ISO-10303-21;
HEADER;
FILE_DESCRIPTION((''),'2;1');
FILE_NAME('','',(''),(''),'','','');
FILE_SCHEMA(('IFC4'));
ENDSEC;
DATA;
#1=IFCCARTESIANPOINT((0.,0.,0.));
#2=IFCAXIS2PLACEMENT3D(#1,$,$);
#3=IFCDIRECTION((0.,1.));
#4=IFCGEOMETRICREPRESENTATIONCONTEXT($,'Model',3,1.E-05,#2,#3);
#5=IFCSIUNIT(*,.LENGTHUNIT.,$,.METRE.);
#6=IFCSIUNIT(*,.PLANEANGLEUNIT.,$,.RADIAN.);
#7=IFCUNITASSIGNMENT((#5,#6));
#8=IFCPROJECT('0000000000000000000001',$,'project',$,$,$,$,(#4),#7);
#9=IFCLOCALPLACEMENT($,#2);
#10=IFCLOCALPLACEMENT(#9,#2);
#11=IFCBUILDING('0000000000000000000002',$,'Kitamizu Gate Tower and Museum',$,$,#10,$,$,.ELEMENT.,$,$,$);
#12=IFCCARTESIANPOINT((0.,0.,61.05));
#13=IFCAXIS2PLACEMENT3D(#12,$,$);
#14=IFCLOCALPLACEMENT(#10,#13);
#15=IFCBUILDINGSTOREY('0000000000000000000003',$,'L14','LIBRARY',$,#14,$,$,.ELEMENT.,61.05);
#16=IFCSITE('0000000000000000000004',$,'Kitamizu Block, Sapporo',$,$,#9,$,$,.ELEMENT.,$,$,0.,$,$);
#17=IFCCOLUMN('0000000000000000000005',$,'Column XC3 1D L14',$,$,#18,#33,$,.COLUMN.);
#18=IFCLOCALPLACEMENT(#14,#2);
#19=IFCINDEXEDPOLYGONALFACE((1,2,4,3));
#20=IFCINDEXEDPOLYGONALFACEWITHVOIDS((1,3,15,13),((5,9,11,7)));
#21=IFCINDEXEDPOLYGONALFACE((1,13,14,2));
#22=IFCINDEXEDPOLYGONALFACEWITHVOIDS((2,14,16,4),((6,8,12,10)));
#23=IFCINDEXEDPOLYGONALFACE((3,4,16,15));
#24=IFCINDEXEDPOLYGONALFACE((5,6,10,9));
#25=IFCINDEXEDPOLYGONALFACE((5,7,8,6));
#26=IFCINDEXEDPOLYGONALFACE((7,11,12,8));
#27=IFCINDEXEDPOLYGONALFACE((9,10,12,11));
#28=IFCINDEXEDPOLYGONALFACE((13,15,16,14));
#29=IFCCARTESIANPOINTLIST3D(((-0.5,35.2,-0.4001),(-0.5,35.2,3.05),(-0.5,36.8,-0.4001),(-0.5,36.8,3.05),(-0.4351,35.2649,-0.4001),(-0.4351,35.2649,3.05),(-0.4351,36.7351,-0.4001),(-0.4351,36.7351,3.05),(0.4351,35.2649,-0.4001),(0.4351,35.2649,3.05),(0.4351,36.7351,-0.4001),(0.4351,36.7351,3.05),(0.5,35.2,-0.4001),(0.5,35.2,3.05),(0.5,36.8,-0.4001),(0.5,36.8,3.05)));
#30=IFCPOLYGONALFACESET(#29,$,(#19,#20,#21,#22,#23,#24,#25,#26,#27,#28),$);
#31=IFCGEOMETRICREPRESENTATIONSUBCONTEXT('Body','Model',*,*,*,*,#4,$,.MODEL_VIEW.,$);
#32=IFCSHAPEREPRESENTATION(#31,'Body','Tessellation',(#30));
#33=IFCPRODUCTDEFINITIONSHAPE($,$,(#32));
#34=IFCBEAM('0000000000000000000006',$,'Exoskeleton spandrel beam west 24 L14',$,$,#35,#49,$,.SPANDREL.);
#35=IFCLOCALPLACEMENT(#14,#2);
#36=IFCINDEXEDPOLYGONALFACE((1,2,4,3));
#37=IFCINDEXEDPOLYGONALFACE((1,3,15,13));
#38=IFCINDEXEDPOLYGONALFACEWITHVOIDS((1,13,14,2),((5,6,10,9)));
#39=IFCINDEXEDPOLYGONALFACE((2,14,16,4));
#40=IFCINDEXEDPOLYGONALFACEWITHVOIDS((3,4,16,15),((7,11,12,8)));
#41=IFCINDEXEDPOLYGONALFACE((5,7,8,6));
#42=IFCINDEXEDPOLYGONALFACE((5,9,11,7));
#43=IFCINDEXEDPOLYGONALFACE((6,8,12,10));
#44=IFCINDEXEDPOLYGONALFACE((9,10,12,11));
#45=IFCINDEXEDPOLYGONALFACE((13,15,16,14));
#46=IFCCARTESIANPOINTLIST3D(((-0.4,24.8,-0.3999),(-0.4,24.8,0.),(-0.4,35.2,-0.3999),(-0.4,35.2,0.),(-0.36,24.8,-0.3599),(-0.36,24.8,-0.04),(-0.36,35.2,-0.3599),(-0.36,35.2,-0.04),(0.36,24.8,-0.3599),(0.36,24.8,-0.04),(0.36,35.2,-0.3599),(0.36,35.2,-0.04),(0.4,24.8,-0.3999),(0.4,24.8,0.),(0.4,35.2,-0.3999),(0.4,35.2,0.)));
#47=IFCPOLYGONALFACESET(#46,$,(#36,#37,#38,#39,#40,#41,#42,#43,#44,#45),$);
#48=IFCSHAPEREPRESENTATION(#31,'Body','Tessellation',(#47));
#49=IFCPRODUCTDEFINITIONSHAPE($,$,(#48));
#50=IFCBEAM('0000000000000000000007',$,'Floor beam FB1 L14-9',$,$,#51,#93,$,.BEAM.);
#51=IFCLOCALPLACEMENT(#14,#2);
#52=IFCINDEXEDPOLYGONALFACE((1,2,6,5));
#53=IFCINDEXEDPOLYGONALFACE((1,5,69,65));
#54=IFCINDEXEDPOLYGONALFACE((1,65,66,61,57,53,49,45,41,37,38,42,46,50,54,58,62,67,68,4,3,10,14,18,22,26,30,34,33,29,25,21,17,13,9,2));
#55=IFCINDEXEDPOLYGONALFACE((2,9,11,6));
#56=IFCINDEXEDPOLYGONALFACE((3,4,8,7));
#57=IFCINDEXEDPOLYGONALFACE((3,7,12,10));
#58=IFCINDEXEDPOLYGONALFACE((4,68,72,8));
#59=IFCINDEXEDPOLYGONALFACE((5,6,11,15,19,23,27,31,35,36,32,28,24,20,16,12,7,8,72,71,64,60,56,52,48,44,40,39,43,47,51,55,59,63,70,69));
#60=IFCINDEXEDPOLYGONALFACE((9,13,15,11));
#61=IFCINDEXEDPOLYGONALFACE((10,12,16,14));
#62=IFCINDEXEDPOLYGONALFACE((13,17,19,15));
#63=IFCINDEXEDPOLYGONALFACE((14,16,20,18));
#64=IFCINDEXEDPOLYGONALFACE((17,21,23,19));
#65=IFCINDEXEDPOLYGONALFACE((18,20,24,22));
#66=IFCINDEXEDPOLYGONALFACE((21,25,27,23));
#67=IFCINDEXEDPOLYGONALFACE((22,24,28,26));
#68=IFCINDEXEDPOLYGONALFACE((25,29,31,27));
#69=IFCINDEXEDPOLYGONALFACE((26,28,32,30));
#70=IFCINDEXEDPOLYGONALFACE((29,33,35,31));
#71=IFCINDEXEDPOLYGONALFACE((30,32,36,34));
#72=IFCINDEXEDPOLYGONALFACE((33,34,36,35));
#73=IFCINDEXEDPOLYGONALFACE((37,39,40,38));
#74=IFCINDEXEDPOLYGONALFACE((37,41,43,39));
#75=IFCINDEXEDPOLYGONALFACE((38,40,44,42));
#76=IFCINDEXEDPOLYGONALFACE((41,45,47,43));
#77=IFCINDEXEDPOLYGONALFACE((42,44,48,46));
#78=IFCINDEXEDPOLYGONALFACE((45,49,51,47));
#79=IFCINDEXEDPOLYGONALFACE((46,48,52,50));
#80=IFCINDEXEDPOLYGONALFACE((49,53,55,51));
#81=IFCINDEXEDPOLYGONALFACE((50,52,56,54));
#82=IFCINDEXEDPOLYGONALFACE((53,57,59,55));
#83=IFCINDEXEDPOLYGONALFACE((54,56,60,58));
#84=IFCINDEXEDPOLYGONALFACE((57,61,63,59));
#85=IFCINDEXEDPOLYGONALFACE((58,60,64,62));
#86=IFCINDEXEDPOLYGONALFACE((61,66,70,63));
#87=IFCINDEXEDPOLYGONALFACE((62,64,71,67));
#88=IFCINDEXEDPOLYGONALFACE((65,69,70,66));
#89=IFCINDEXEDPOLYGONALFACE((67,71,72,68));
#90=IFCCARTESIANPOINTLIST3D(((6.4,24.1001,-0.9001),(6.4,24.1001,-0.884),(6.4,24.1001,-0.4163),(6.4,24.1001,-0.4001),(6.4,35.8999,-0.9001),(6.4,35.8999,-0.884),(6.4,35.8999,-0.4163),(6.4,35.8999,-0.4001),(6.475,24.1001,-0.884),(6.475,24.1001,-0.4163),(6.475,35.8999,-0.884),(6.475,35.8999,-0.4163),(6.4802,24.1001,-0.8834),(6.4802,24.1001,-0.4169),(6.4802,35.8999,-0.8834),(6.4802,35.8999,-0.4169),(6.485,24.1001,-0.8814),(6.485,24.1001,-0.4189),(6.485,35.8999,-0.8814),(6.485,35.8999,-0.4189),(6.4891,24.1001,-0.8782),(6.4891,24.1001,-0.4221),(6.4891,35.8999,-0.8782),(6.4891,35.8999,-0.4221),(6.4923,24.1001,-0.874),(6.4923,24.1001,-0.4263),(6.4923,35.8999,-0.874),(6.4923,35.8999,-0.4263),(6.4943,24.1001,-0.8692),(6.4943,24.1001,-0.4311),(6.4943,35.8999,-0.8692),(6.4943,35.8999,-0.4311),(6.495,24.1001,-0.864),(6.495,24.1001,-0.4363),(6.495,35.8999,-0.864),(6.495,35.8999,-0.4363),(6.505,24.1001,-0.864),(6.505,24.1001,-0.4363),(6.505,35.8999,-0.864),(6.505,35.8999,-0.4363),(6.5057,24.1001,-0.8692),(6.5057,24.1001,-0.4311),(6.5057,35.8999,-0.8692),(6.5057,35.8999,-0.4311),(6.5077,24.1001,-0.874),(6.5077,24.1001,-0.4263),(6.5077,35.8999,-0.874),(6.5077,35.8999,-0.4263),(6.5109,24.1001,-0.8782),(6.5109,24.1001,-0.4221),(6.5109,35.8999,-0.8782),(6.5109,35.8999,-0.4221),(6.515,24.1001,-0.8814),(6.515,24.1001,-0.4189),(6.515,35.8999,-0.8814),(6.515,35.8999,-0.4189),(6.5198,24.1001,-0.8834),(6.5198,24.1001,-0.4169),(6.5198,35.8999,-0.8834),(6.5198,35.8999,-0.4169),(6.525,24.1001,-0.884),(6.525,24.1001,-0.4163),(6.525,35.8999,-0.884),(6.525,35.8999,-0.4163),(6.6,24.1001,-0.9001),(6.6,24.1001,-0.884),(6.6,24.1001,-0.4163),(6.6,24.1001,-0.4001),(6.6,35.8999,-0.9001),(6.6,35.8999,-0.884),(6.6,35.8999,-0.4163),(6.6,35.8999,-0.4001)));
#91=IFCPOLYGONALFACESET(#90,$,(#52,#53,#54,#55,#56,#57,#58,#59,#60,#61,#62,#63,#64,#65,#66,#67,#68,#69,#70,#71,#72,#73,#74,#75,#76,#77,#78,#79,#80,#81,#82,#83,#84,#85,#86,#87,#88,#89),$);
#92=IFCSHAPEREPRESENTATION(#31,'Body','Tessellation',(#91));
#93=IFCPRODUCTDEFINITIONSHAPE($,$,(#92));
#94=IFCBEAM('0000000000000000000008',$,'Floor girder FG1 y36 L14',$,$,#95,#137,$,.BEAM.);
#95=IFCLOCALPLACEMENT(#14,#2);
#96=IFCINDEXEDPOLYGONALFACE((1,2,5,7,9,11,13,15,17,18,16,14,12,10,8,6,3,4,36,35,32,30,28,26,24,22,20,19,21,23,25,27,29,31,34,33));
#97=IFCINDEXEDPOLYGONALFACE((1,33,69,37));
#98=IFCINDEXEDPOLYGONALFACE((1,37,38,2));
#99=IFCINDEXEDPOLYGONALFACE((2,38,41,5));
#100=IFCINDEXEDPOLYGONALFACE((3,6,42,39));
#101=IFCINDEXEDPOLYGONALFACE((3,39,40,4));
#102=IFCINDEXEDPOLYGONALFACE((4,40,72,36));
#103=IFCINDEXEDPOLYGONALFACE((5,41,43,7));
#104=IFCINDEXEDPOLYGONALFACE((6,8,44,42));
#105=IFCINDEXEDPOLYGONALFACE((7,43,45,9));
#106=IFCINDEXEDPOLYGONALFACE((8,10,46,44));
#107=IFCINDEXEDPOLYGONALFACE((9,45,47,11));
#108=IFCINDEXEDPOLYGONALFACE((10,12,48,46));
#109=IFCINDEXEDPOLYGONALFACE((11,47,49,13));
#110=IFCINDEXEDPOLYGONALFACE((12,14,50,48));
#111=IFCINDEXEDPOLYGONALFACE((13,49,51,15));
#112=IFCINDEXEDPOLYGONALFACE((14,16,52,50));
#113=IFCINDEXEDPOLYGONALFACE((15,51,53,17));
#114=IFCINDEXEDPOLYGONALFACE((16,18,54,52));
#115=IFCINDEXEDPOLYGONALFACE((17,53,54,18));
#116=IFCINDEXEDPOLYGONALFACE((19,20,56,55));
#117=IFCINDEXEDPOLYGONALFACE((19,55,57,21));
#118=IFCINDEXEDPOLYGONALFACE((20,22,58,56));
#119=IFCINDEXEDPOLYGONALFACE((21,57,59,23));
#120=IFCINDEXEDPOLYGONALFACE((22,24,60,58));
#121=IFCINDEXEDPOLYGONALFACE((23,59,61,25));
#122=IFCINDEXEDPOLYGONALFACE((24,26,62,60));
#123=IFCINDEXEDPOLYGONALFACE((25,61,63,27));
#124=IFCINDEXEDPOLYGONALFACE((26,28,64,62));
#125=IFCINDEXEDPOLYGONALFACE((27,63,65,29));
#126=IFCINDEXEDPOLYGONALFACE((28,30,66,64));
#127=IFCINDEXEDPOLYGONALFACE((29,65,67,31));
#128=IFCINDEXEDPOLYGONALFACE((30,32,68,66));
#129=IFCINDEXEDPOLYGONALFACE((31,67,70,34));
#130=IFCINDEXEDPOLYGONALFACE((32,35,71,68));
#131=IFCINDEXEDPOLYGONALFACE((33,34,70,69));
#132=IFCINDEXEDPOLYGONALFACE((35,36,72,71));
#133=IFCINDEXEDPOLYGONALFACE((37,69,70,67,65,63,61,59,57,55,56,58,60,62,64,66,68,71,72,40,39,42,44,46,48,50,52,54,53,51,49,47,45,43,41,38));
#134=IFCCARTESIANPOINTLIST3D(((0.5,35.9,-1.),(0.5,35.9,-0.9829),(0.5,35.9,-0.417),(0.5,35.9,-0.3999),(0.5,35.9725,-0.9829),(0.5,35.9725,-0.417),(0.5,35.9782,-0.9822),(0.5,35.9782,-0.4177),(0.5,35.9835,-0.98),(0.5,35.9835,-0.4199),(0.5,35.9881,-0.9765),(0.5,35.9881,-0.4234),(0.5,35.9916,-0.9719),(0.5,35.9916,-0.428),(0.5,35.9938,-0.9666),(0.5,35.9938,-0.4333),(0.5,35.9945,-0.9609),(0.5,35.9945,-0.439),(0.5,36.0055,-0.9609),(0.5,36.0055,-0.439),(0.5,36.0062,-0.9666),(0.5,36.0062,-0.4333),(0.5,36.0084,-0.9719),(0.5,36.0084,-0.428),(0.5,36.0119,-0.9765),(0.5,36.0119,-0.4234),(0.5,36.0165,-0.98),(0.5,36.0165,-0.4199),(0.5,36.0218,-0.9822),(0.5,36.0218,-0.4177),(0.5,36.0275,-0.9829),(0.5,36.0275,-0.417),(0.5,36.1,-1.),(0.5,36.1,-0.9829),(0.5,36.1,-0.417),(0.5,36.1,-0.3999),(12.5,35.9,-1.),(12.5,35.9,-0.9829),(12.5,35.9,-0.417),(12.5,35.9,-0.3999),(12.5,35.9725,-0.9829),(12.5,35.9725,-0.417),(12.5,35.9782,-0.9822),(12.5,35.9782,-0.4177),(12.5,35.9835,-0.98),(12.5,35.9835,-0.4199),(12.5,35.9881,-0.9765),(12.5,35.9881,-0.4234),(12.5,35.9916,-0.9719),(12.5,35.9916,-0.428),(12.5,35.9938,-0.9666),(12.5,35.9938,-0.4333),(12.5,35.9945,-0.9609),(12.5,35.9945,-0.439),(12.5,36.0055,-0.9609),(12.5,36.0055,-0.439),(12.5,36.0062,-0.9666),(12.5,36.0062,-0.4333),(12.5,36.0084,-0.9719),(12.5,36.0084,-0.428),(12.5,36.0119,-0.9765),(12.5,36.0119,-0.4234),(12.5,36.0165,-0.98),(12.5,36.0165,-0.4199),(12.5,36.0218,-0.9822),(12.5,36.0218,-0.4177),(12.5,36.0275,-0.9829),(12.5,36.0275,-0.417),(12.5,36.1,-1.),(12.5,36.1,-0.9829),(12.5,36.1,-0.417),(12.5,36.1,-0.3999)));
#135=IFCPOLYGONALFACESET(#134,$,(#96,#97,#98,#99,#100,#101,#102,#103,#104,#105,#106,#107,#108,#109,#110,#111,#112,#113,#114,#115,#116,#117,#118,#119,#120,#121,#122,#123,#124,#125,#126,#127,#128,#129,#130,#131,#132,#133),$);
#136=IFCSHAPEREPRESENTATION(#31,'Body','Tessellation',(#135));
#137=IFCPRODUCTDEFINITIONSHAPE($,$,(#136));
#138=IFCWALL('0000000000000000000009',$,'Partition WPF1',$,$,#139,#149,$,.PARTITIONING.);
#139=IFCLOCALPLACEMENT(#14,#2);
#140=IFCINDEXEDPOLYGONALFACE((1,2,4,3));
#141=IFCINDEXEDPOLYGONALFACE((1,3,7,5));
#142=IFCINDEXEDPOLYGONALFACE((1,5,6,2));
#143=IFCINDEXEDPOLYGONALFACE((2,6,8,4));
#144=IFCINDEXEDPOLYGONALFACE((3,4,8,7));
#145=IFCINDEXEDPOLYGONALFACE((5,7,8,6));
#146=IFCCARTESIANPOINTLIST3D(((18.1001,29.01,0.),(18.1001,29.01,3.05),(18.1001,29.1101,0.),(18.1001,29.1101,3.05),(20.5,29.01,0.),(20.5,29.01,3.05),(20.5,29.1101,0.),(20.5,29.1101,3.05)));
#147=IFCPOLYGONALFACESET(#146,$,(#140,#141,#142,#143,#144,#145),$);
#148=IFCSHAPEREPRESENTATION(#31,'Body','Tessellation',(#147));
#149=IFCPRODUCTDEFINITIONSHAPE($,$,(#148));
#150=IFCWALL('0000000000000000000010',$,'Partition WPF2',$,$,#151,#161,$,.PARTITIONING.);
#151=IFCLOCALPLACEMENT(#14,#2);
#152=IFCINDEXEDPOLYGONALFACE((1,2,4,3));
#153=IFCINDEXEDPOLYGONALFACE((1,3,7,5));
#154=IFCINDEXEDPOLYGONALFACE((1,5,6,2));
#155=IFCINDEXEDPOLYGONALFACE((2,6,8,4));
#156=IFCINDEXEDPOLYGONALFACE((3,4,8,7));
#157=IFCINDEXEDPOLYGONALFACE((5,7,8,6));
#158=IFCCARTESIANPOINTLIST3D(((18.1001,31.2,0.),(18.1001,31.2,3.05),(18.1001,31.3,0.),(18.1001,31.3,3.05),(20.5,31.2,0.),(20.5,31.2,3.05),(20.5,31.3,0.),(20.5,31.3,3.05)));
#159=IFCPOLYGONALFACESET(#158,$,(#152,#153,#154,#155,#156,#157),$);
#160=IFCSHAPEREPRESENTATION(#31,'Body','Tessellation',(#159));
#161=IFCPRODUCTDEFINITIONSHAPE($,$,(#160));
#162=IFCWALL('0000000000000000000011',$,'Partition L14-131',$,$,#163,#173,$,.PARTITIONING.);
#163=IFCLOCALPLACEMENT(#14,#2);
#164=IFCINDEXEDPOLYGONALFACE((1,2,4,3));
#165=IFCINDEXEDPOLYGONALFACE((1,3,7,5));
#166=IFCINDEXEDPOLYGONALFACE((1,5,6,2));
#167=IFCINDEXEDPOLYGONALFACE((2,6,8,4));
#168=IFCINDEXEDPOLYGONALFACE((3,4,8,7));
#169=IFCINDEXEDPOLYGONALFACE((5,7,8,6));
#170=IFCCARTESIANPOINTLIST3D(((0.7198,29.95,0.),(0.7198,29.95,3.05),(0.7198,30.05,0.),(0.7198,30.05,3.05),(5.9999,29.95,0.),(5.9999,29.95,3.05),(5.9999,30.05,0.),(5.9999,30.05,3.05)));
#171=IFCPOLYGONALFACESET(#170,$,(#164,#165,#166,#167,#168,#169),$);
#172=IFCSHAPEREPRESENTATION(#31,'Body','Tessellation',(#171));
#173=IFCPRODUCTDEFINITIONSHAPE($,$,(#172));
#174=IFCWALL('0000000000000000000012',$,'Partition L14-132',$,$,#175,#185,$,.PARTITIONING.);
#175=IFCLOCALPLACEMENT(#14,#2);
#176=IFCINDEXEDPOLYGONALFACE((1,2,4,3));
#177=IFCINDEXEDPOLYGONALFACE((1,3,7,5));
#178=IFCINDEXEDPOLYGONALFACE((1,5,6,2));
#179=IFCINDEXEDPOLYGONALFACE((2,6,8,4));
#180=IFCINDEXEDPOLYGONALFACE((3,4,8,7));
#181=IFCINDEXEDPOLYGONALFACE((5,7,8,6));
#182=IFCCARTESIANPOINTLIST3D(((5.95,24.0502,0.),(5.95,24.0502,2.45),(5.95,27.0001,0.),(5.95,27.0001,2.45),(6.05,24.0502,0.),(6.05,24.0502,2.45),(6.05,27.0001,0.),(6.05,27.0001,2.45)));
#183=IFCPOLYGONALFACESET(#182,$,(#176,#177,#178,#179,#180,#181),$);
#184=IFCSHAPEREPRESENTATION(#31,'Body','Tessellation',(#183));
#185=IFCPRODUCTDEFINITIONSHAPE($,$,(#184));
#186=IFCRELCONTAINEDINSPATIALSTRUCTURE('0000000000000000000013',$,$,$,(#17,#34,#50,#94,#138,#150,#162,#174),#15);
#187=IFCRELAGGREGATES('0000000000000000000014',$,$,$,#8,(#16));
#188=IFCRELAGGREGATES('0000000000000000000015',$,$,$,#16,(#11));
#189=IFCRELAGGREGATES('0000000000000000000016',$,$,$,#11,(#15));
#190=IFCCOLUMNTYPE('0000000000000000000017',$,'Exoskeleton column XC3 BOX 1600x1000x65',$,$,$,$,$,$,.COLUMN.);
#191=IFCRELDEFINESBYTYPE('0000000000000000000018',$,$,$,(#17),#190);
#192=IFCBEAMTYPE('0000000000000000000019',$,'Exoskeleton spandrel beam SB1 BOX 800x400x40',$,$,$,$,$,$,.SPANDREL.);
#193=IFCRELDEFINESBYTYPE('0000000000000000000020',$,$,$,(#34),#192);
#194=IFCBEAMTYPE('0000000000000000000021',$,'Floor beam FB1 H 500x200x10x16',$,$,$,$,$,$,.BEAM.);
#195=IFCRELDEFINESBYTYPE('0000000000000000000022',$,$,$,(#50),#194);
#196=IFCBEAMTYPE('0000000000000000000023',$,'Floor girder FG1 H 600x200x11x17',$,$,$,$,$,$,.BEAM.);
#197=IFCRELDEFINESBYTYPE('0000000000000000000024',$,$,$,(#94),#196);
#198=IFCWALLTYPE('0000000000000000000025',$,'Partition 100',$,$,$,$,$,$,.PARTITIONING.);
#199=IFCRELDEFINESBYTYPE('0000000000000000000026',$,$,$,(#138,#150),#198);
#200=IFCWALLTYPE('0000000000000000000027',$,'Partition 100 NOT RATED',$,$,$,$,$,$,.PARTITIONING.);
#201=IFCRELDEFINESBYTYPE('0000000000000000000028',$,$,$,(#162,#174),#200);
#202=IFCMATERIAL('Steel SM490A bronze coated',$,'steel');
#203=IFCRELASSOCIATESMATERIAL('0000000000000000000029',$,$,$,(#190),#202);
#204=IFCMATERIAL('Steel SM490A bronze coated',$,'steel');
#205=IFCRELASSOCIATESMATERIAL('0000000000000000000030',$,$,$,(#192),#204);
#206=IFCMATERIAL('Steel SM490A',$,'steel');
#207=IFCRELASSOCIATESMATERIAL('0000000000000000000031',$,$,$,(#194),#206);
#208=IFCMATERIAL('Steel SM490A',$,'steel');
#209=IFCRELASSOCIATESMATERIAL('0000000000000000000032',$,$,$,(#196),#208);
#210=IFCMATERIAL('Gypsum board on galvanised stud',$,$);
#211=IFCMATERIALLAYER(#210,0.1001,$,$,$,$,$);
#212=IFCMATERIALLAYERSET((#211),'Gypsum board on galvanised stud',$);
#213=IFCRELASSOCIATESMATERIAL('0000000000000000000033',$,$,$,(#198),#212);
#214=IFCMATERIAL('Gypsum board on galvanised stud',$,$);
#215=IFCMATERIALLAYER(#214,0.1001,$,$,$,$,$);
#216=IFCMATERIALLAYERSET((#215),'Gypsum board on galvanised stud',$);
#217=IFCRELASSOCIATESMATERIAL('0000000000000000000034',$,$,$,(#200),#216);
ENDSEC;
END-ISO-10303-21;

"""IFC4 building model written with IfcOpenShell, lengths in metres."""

from ifc_helpers import new_model, si_unit, direction, frame, frame_2d, origin, origin_2d, place, context, subcontext, project, spatial, rectangle, hollow_rectangle, i_section, extrude, material, layer, layer_set, material_profile, profile_set, type_object, element, save


model = new_model("IFC4")

# Units and contexts
model_context = context("Model", 3, precision=1e-05, world=origin(), true_north=direction((0.0, 1.0)))
body_context = subcontext(model_context, "Body", "Model", "MODEL_VIEW")
ifc_project = project(units=[si_unit("LENGTHUNIT", "METRE"), si_unit("PLANEANGLEUNIT", "RADIAN")], contexts=[model_context])

# Site, building, storey
site_placement = place(None, origin())
site = spatial("IfcSite", under=ifc_project, at=site_placement, Name="Kitamizu Block, Sapporo", CompositionType="ELEMENT", RefElevation=0.0)
building_placement = place(site_placement, origin())
building = spatial("IfcBuilding", under=site, at=building_placement, Name="Kitamizu Gate Tower and Museum", CompositionType="ELEMENT")
storey_placement = place(building_placement, frame((0.0, 0.0, 61.05)))
storey = spatial("IfcBuildingStorey", under=building, at=storey_placement, Name="L14", Description="LIBRARY", CompositionType="ELEMENT", Elevation=61.05)

# Column
ifc_material_1 = material(Name="Steel SM490A bronze coated", Category="steel")
ifc_material_profile_1 = material_profile(ifc_material_1, hollow_rectangle(XDim=1.6001, YDim=1.0, WallThickness=0.0649, at=origin_2d()), Name="BOX 1600x1000x65")
ifc_profile_set_1 = profile_set([ifc_material_profile_1], Name="Steel SM490A bronze coated")
column_type = type_object("IfcColumnType", Name="Exoskeleton column XC3 BOX 1600x1000x65", PredefinedType="COLUMN", material=ifc_profile_set_1)
column_placement = place(storey_placement, frame((0.0, 36.0, -0.4001), z_axis=(0.0, 0.0, 1.0), x_axis=(0.0, 1.0, 0.0)))
element("IfcColumn", 1, at=column_placement, inside=storey, type_object=column_type, Name="Column XC3 1D L14", PredefinedType="COLUMN", context=body_context, shape_type="SweptSolid", body=[
    extrude(hollow_rectangle(XDim=1.6001, YDim=1.0, WallThickness=0.0649, at=origin_2d()), origin(), (0.0, 0.0, 1.0), 3.4502),
])

# Beams
ifc_material_2 = material(Name="Steel SM490A bronze coated", Category="steel")
ifc_material_profile_2 = material_profile(ifc_material_2, hollow_rectangle(XDim=0.8, YDim=0.3999, WallThickness=0.04, at=origin_2d()), Name="BOX 800x400x40")
ifc_profile_set_2 = profile_set([ifc_material_profile_2], Name="Steel SM490A bronze coated")
beam_type_1 = type_object("IfcBeamType", Name="Exoskeleton spandrel beam SB1 BOX 800x400x40", PredefinedType="SPANDREL", material=ifc_profile_set_2)
beam_1_placement = place(storey_placement, frame((0.0, 24.8, -0.2), z_axis=(0.0, 1.0, 0.0), x_axis=(-1.0, 0.0, 0.0)))
element("IfcBeam", 2, at=beam_1_placement, inside=storey, type_object=beam_type_1, Name="Exoskeleton spandrel beam west 24 L14", PredefinedType="SPANDREL", context=body_context, shape_type="SweptSolid", body=[
    extrude(hollow_rectangle(XDim=0.8, YDim=0.3999, WallThickness=0.04, at=origin_2d()), origin(), (0.0, 0.0, 1.0), 10.3999),
])
ifc_material_3 = material(Name="Steel SM490A", Category="steel")
ifc_material_profile_3 = material_profile(ifc_material_3, i_section(OverallWidth=0.2, OverallDepth=0.5, WebThickness=0.01, FlangeThickness=0.0161, FilletRadius=0.02, at=origin_2d()), Name="H-500x200x10x16")
ifc_profile_set_3 = profile_set([ifc_material_profile_3], Name="Steel SM490A")
beam_type_2 = type_object("IfcBeamType", Name="Floor beam FB1 H 500x200x10x16", PredefinedType="BEAM", material=ifc_profile_set_3)
beam_2_placement = place(storey_placement, frame((6.5, 24.1001, -0.6501), z_axis=(0.0, 1.0, 0.0), x_axis=(-1.0, 0.0, 0.0)))
element("IfcBeam", 3, at=beam_2_placement, inside=storey, type_object=beam_type_2, Name="Floor beam FB1 L14-9", PredefinedType="BEAM", context=body_context, shape_type="SweptSolid", body=[
    extrude(i_section(OverallWidth=0.2, OverallDepth=0.5, WebThickness=0.01, FlangeThickness=0.0161, FilletRadius=0.02, at=origin_2d()), origin(), (0.0, 0.0, 1.0), 11.7998),
])
ifc_material_4 = material(Name="Steel SM490A", Category="steel")
ifc_material_profile_4 = material_profile(ifc_material_4, i_section(OverallWidth=0.2, OverallDepth=0.6001, WebThickness=0.011, FlangeThickness=0.0171, FilletRadius=0.022, at=origin_2d()), Name="H-600x200x11x17")
ifc_profile_set_4 = profile_set([ifc_material_profile_4], Name="Steel SM490A")
beam_type_3 = type_object("IfcBeamType", Name="Floor girder FG1 H 600x200x11x17", PredefinedType="BEAM", material=ifc_profile_set_4)
beam_3_placement = place(storey_placement, frame((0.5, 36.0, -0.7), z_axis=(1.0, 0.0, 0.0), x_axis=(0.0, 1.0, 0.0)))
element("IfcBeam", 4, at=beam_3_placement, inside=storey, type_object=beam_type_3, Name="Floor girder FG1 y36 L14", PredefinedType="BEAM", context=body_context, shape_type="SweptSolid", body=[
    extrude(i_section(OverallWidth=0.2, OverallDepth=0.6001, WebThickness=0.011, FlangeThickness=0.0171, FilletRadius=0.022, at=origin_2d()), origin(), (0.0, 0.0, 1.0), 12.0),
])

# Walls
ifc_material_5 = material(Name="Gypsum board on galvanised stud")
ifc_layer_1 = layer(ifc_material_5, 0.1001)
ifc_layer_set_1 = layer_set([ifc_layer_1], Name="Gypsum board on galvanised stud")
wall_type_1 = type_object("IfcWallType", Name="Partition 100", PredefinedType="PARTITIONING", material=ifc_layer_set_1)
for number, where, z_axis, x_axis, name in (
    (5, (18.1001, 29.0601, 0.0), (0.0, 0.0, 1.0), (1.0, 0.0, 0.0), "Partition WPF1"),
    (6, (18.1001, 31.25, 0.0), (0.0, 0.0, 1.0), (1.0, 0.0, 0.0), "Partition WPF2"),
):
    element("IfcWall", number, at=place(storey_placement, frame(where, z_axis=z_axis, x_axis=x_axis)), inside=storey, type_object=wall_type_1, Name=name, PredefinedType="PARTITIONING", context=body_context, shape_type="SweptSolid", body=[
        extrude(rectangle(XDim=2.3999, YDim=0.1001, at=frame_2d((1.2, 0.0))), origin(), (0.0, 0.0, 1.0), 3.05),
    ])
ifc_material_6 = material(Name="Gypsum board on galvanised stud")
ifc_layer_2 = layer(ifc_material_6, 0.1001)
ifc_layer_set_2 = layer_set([ifc_layer_2], Name="Gypsum board on galvanised stud")
wall_type_2 = type_object("IfcWallType", Name="Partition 100 NOT RATED", PredefinedType="PARTITIONING", material=ifc_layer_set_2)
wall_1_placement = place(storey_placement, frame((6.0, 30.0, 0.0), z_axis=(0.0, 0.0, 1.0), x_axis=(-1.0, 0.0, 0.0)))
element("IfcWall", 7, at=wall_1_placement, inside=storey, type_object=wall_type_2, Name="Partition L14-131", PredefinedType="PARTITIONING", context=body_context, shape_type="SweptSolid", body=[
    extrude(rectangle(XDim=5.28, YDim=0.1001, at=frame_2d((2.6401, 0.0))), origin(), (0.0, 0.0, 1.0), 3.05),
])
wall_2_placement = place(storey_placement, frame((6.0, 24.05, 0.0), z_axis=(0.0, 0.0, 1.0), x_axis=(0.0, 1.0, 0.0)))
element("IfcWall", 8, at=wall_2_placement, inside=storey, type_object=wall_type_2, Name="Partition L14-132", PredefinedType="PARTITIONING", context=body_context, shape_type="SweptSolid", body=[
    extrude(rectangle(XDim=2.95, YDim=0.1001, at=frame_2d((1.4751, 0.0))), origin(), (0.0, 0.0, 1.0), 2.45),
])

save(model, "model.ifc")
